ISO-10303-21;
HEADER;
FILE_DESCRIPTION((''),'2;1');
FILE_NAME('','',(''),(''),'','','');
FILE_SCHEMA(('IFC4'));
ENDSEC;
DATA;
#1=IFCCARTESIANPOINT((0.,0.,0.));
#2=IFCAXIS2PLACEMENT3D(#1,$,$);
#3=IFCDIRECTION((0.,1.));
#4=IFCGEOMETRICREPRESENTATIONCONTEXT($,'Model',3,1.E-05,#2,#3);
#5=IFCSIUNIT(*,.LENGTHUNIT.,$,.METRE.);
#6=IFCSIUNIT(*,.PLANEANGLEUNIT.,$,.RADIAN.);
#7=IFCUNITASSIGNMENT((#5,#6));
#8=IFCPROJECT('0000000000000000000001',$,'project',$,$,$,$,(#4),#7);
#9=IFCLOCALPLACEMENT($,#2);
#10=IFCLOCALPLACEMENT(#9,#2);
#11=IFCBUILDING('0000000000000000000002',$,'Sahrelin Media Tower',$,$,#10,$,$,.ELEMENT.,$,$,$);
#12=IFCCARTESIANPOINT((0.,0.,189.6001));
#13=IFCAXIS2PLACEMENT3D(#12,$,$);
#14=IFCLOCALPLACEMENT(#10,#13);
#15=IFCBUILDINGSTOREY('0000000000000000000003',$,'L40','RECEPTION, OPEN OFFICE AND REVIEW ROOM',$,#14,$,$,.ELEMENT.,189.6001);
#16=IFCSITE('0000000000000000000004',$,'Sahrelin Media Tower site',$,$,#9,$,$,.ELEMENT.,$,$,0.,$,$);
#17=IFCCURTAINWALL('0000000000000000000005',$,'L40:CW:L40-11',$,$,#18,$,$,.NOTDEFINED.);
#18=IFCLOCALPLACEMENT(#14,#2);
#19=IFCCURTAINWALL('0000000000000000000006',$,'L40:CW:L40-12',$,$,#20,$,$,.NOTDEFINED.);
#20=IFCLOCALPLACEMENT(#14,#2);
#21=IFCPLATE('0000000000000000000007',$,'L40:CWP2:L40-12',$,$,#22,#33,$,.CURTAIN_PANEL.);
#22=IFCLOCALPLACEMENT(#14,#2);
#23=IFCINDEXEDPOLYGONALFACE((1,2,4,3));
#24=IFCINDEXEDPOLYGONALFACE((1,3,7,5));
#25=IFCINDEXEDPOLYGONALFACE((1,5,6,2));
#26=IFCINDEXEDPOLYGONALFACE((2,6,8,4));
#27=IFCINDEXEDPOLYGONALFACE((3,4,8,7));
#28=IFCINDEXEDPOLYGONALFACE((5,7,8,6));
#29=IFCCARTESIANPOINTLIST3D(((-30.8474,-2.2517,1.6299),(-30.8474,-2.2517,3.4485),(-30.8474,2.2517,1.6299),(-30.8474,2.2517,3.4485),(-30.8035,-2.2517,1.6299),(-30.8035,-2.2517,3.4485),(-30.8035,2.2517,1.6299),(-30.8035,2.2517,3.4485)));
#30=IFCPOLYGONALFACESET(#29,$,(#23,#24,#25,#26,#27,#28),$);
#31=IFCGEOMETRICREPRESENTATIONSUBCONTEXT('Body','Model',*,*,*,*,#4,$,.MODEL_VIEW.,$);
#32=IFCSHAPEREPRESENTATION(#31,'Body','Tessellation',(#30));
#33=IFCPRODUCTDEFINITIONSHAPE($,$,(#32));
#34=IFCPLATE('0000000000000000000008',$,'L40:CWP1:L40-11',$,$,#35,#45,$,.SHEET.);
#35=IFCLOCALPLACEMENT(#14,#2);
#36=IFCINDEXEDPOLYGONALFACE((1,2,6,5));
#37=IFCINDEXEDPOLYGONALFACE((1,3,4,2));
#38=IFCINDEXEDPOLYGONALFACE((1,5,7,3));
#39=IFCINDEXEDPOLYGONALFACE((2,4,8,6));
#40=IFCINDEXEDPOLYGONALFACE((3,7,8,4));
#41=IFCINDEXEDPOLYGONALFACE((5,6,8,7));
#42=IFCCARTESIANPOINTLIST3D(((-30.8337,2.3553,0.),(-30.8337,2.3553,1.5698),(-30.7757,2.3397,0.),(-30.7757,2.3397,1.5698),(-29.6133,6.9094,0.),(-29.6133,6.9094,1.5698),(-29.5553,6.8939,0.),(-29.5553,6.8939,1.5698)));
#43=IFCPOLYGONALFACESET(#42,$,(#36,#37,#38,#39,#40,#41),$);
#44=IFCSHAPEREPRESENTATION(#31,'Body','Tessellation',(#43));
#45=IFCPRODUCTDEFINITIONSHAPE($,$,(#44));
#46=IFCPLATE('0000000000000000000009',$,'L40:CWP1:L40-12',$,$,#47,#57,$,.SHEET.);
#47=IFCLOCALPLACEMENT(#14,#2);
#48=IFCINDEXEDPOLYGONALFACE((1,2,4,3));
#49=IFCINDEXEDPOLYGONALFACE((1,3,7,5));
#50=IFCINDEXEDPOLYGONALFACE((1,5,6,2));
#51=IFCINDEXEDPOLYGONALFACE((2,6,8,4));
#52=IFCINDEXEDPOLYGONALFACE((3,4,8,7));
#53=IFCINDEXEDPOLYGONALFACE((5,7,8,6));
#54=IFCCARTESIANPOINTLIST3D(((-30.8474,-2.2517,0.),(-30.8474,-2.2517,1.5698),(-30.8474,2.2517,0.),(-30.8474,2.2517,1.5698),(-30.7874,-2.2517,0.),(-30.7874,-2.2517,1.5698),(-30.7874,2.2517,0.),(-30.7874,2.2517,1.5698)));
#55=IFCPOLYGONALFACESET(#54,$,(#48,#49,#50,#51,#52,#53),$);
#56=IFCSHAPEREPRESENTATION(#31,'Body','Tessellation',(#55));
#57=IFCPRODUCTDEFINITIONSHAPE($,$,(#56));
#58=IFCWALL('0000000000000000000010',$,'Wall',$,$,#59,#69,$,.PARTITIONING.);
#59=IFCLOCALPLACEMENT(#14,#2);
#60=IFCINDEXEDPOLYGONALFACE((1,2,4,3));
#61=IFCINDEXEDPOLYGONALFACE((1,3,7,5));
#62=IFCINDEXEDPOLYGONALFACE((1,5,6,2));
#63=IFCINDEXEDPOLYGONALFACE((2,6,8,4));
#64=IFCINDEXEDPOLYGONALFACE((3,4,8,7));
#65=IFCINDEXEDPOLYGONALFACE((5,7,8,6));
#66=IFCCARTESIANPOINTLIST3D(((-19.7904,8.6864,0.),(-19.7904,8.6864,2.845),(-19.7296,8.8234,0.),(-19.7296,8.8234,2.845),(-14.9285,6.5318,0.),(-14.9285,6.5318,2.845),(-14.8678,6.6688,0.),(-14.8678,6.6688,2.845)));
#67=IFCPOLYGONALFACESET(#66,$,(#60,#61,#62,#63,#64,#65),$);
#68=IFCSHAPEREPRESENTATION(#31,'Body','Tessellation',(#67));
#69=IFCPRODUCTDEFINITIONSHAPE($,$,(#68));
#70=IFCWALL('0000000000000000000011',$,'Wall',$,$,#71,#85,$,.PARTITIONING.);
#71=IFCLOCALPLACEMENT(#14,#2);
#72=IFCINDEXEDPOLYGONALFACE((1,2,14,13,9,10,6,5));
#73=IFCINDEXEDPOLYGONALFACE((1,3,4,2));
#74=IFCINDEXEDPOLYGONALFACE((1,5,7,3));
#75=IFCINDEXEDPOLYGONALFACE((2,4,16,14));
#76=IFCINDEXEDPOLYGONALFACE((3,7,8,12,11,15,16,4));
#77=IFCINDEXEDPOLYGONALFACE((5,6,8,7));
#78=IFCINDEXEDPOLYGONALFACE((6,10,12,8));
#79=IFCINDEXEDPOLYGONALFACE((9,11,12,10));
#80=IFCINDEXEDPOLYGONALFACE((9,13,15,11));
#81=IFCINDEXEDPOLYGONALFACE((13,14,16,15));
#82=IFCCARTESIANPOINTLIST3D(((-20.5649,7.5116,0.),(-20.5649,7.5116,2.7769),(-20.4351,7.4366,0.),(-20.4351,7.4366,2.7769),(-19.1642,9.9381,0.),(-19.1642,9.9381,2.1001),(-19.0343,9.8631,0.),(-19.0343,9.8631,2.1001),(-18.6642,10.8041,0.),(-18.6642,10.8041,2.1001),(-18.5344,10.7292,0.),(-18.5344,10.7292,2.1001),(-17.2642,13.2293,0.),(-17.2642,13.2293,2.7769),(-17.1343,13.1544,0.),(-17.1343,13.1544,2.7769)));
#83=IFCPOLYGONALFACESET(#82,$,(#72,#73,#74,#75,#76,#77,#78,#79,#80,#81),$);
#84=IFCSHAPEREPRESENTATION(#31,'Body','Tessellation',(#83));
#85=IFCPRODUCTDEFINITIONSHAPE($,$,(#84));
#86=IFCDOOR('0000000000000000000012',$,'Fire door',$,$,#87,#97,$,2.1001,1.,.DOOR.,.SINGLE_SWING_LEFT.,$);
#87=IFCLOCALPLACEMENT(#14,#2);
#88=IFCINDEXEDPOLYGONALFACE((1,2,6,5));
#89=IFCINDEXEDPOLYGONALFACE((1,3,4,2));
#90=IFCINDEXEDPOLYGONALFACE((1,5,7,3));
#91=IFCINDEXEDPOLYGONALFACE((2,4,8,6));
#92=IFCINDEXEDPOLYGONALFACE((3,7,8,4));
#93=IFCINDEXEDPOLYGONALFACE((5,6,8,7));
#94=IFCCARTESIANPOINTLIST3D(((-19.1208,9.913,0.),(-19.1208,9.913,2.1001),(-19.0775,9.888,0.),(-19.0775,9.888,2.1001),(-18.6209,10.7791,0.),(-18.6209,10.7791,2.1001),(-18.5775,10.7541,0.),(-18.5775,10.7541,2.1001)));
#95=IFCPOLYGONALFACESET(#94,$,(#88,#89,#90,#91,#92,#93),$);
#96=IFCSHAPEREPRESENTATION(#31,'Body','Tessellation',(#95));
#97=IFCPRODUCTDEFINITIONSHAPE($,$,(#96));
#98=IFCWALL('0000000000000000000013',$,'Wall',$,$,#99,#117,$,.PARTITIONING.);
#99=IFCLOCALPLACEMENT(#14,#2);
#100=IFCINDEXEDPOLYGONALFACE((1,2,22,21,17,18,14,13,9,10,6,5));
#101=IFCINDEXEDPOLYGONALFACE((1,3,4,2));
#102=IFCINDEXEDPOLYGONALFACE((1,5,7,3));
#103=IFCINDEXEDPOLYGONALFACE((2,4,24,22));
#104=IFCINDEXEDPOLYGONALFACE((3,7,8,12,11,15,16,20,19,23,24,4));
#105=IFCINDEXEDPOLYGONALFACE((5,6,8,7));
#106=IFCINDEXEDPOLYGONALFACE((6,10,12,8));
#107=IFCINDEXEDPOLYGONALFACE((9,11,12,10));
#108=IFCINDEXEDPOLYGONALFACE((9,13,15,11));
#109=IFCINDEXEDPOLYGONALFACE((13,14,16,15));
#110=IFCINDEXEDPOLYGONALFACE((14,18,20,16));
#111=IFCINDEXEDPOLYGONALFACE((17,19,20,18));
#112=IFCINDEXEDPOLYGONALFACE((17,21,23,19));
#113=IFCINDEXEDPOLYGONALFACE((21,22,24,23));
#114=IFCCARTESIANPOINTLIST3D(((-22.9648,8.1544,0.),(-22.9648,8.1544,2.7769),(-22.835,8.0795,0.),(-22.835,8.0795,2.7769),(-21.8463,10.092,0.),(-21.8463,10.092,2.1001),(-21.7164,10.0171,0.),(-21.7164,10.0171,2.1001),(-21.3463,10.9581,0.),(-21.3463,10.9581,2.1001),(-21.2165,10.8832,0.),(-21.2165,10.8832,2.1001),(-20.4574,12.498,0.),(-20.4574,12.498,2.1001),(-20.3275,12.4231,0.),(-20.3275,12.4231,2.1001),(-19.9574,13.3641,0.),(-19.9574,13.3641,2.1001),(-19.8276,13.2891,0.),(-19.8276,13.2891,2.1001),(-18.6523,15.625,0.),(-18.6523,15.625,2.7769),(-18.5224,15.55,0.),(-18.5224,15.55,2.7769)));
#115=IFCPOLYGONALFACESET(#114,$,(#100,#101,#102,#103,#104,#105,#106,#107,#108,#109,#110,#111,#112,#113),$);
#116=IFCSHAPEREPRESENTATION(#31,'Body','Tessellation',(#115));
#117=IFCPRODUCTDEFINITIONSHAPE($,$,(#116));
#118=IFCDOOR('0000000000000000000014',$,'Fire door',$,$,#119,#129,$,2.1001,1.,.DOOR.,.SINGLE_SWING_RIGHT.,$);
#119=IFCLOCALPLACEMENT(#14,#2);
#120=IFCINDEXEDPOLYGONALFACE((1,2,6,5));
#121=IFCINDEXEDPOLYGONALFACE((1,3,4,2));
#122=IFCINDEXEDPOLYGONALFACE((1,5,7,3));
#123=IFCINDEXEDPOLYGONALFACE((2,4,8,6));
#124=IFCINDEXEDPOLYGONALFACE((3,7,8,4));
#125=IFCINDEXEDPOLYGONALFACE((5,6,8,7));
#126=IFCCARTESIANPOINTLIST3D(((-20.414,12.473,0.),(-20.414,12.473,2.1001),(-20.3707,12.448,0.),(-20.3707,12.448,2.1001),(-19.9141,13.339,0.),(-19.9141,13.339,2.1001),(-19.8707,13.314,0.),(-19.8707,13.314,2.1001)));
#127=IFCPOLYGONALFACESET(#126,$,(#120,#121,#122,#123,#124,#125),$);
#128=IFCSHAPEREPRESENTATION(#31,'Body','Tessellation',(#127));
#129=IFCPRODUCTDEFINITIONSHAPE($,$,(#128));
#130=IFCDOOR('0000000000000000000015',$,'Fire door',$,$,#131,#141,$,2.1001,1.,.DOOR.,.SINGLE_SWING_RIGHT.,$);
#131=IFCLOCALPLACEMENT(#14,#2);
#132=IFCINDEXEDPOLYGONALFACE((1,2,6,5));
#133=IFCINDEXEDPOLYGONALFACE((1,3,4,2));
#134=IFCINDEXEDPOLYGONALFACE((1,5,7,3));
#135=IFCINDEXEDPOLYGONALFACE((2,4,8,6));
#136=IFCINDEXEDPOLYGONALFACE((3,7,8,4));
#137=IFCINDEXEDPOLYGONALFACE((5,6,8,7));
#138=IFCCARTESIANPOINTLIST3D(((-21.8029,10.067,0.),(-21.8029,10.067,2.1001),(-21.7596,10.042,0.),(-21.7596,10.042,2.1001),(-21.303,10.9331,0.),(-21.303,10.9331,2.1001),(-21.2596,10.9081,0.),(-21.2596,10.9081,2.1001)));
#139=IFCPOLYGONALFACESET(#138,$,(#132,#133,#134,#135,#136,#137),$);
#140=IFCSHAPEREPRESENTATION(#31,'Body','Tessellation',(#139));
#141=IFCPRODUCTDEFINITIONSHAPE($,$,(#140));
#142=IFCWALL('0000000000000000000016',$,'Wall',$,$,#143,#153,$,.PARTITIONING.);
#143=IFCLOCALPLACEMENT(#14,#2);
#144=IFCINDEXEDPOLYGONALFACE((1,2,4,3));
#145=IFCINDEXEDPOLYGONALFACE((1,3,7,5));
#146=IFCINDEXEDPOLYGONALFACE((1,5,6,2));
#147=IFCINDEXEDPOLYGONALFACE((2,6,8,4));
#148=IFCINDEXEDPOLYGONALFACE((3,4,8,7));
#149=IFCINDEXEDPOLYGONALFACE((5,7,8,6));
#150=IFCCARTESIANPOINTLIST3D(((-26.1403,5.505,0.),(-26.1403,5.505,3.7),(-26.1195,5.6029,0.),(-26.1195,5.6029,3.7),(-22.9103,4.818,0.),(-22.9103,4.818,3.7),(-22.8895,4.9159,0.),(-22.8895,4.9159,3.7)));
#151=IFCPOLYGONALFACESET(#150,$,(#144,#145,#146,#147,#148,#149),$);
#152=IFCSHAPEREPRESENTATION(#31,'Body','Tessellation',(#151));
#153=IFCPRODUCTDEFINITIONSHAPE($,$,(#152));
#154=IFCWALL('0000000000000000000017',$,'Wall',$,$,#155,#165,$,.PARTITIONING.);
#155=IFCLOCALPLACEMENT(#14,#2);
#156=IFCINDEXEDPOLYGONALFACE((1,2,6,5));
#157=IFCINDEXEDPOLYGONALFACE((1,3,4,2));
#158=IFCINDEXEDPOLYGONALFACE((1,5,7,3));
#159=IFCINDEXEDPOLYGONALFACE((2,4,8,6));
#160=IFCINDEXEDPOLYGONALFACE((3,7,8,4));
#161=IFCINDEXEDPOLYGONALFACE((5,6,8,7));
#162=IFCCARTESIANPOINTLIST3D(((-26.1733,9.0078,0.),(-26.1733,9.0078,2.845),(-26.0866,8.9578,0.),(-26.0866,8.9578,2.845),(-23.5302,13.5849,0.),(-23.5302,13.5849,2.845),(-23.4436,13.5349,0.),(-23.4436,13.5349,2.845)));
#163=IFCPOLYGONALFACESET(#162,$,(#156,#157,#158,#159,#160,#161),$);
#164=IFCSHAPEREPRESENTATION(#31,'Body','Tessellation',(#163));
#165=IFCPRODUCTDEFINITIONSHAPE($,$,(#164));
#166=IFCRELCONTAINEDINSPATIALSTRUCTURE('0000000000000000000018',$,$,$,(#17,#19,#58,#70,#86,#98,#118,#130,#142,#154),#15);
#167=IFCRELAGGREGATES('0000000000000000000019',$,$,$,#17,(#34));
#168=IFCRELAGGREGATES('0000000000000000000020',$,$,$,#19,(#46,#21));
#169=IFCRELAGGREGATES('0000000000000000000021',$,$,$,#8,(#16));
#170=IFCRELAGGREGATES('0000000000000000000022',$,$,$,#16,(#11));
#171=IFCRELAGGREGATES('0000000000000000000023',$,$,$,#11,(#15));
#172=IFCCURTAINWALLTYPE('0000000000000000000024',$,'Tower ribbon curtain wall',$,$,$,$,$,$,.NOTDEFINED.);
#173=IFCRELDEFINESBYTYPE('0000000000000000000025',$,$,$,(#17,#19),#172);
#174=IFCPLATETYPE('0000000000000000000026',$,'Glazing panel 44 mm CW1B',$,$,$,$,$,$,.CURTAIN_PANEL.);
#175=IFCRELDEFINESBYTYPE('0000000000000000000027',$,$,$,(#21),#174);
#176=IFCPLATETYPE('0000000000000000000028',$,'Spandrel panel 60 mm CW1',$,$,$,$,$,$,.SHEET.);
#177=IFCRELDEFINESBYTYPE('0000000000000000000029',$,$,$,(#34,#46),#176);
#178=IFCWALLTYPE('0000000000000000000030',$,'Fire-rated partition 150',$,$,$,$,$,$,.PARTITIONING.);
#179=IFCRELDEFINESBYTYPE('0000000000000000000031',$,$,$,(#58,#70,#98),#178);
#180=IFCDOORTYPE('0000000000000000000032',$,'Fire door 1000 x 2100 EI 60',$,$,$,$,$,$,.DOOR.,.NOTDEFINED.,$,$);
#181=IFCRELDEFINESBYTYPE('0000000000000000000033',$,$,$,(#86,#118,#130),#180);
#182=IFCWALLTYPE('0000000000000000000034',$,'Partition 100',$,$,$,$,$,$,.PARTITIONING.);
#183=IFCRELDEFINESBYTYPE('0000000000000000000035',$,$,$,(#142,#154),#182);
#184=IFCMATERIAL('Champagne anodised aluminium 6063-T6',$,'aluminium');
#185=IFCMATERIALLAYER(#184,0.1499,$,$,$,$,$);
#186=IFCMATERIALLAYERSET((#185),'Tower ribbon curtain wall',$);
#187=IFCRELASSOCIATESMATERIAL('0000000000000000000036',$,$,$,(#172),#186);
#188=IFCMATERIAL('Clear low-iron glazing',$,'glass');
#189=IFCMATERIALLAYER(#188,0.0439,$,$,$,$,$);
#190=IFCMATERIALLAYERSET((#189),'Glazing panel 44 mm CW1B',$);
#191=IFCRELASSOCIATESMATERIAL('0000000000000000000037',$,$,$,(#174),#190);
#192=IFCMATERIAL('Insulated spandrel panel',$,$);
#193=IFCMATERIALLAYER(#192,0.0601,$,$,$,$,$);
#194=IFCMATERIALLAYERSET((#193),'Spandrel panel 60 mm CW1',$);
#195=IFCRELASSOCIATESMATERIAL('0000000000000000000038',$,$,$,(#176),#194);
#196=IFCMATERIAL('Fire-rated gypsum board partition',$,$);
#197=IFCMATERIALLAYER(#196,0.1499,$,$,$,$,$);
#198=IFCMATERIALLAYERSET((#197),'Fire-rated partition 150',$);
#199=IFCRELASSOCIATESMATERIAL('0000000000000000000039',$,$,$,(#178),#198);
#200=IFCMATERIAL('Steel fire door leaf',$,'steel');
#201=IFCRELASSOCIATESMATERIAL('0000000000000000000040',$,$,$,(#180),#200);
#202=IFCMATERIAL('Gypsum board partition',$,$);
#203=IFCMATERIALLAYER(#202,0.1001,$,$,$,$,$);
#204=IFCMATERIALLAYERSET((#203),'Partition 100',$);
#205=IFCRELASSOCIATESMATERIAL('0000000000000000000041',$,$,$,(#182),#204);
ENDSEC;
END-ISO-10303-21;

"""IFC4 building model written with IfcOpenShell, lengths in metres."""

from ifc_helpers import new_model, si_unit, direction, frame, frame_2d, origin, place, context, subcontext, project, spatial, polyline, rectangle, outline, extrude, material, layer, layer_set, type_object, element, fill, aggregate, save


model = new_model("IFC4")

# Units and contexts
model_context = context("Model", 3, precision=1e-05, world=origin(), true_north=direction((0.0, 1.0)))
body_context = subcontext(model_context, "Body", "Model", "MODEL_VIEW")
ifc_project = project(units=[si_unit("LENGTHUNIT", "METRE"), si_unit("PLANEANGLEUNIT", "RADIAN")], contexts=[model_context])

# Site, building, storey
site_placement = place(None, origin())
site = spatial("IfcSite", under=ifc_project, at=site_placement, Name="Sahrelin Media Tower site", CompositionType="ELEMENT", RefElevation=0.0)
building_placement = place(site_placement, origin())
building = spatial("IfcBuilding", under=site, at=building_placement, Name="Sahrelin Media Tower", CompositionType="ELEMENT")
storey_placement = place(building_placement, frame((0.0, 0.0, 189.6001)))
storey = spatial("IfcBuildingStorey", under=building, at=storey_placement, Name="L40", Description="RECEPTION, OPEN OFFICE AND REVIEW ROOM", CompositionType="ELEMENT", Elevation=189.6001)

# Curtain wall
ifc_material_1 = material(Name="Champagne anodised aluminium 6063-T6", Category="aluminium")
ifc_layer_1 = layer(ifc_material_1, 0.1499)
ifc_layer_set_1 = layer_set([ifc_layer_1], Name="Tower ribbon curtain wall")
curtain_wall_type = type_object("IfcCurtainWallType", Name="Tower ribbon curtain wall", PredefinedType="NOTDEFINED", material=ifc_layer_set_1)
curtain_wall_1_placement = place(storey_placement, frame((-30.2041, 4.6272, 0.0), z_axis=(0.0, 0.0, 1.0), x_axis=(1.0, 0.0, 0.0)))
curtain_wall_1 = element("IfcCurtainWall", 1, at=curtain_wall_1_placement, inside=storey, type_object=curtain_wall_type, Name="L40:CW:L40-11", PredefinedType="NOTDEFINED")

# Curtain wall
curtain_wall_2_placement = place(storey_placement, frame((-30.8274, 0.0, 0.0), z_axis=(0.0, 0.0, 1.0), x_axis=(1.0, 0.0, 0.0)))
curtain_wall_2 = element("IfcCurtainWall", 2, at=curtain_wall_2_placement, inside=storey, type_object=curtain_wall_type, Name="L40:CW:L40-12", PredefinedType="NOTDEFINED")

# Plates
ifc_material_2 = material(Name="Clear low-iron glazing", Category="glass")
ifc_layer_2 = layer(ifc_material_2, 0.0439)
ifc_layer_set_2 = layer_set([ifc_layer_2], Name="Glazing panel 44 mm CW1B")
plate_type_1 = type_object("IfcPlateType", Name="Glazing panel 44 mm CW1B", PredefinedType="CURTAIN_PANEL", material=ifc_layer_set_2)
plate_1_placement = place(storey_placement, frame((-30.8474, 2.2517, 1.6299), z_axis=(-1.0, 0.0, 0.0), x_axis=(0.0, -1.0, 0.0)))
plate_1 = element("IfcPlate", 3, at=plate_1_placement, type_object=plate_type_1, Name="L40:CWP2:L40-12", PredefinedType="CURTAIN_PANEL", context=body_context, shape_type="SweptSolid", body=[
    extrude(outline(polyline([(0.0, 0.0), (4.5034, 0.0), (4.5034, 1.8186), (0.0, 1.8186), (0.0, 0.0)])), origin(), (0.0, 0.0, -1.0), 0.0439),
])
ifc_material_3 = material(Name="Insulated spandrel panel")
ifc_layer_3 = layer(ifc_material_3, 0.0601)
ifc_layer_set_3 = layer_set([ifc_layer_3], Name="Spandrel panel 60 mm CW1")
plate_type_2 = type_object("IfcPlateType", Name="Spandrel panel 60 mm CW1", PredefinedType="SHEET", material=ifc_layer_set_3)
plate_2_placement = place(storey_placement, frame((-29.6133, 6.9094, 0.0), z_axis=(-0.965917, 0.258852, 0.0), x_axis=(-0.258852, -0.965917, 0.0)))
plate_2 = element("IfcPlate", 4, at=plate_2_placement, type_object=plate_type_2, Name="L40:CWP1:L40-11", PredefinedType="SHEET", context=body_context, shape_type="SweptSolid", body=[
    extrude(outline(polyline([(0.0, 0.0), (4.7148, 0.0), (4.7148, 1.5698), (0.0, 1.5698), (0.0, 0.0)])), origin(), (0.0, 0.0, -1.0), 0.0601),
])
aggregate(curtain_wall_1, [plate_2])
plate_3_placement = place(storey_placement, frame((-30.8474, 2.2517, 0.0), z_axis=(-1.0, 0.0, 0.0), x_axis=(0.0, -1.0, 0.0)))
plate_3 = element("IfcPlate", 5, at=plate_3_placement, type_object=plate_type_2, Name="L40:CWP1:L40-12", PredefinedType="SHEET", context=body_context, shape_type="SweptSolid", body=[
    extrude(outline(polyline([(0.0, 0.0), (4.5034, 0.0), (4.5034, 1.5698), (0.0, 1.5698), (0.0, 0.0)])), origin(), (0.0, 0.0, -1.0), 0.0601),
])
aggregate(curtain_wall_2, [plate_3, plate_1])

# Wall
ifc_material_4 = material(Name="Fire-rated gypsum board partition")
ifc_layer_4 = layer(ifc_material_4, 0.1499)
ifc_layer_set_4 = layer_set([ifc_layer_4], Name="Fire-rated partition 150")
wall_type_1 = type_object("IfcWallType", Name="Fire-rated partition 150", PredefinedType="PARTITIONING", material=ifc_layer_set_4)
wall_1_placement = place(storey_placement, frame((-19.76, 8.7549, 0.0), z_axis=(0.0, 0.0, 1.0), x_axis=(0.914248, -0.405154, 0.0)))
element("IfcWall", 6, at=wall_1_placement, inside=storey, type_object=wall_type_1, Name="Wall", PredefinedType="PARTITIONING", context=body_context, shape_type="SweptSolid", body=[
    extrude(rectangle(XDim=5.3179, YDim=0.1499, at=frame_2d((2.6589, 0.0))), origin(), (0.0, 0.0, 1.0), 2.845),
])

# Wall, opening, door
wall_2_placement = place(storey_placement, frame((-20.5, 7.4741, 0.0), z_axis=(0.0, 0.0, 1.0), x_axis=(0.499957, 0.86605, 0.0)))
wall_2 = element("IfcWall", 7, at=wall_2_placement, inside=storey, type_object=wall_type_1, Name="Wall", PredefinedType="PARTITIONING", context=body_context, shape_type="SweptSolid", body=[
    extrude(rectangle(XDim=6.6021, YDim=0.1499, at=frame_2d((3.301, 0.0))), origin(), (0.0, 0.0, 1.0), 2.7769),
])
opening_1_placement = place(wall_2_placement, frame((2.8018, 0.0, 0.0)))
opening_1 = element("IfcOpeningElement", 8, at=opening_1_placement, cuts=wall_2, PredefinedType="OPENING", context=body_context, shape_type="SweptSolid", body=[
    extrude(rectangle(XDim=1.0, YDim=2.1001, at=frame_2d((0.5, 1.05))), frame((0.0, 0.075, 0.0), z_axis=(0.0, -1.0, 0.0), x_axis=(1.0, 0.0, 0.0)), (0.0, 0.0, 1.0), 0.1499),
])
ifc_material_5 = material(Name="Steel fire door leaf", Category="steel")
door_type = type_object("IfcDoorType", Name="Fire door 1000 x 2100 EI 60", OperationType="NOTDEFINED", PredefinedType="DOOR", material=ifc_material_5)
door_1_placement = place(opening_1_placement, origin())
door_1 = element("IfcDoor", 9, at=door_1_placement, inside=storey, type_object=door_type, Name="Fire door", OperationType="SINGLE_SWING_LEFT", OverallHeight=2.1001, OverallWidth=1.0, PredefinedType="DOOR", context=body_context, shape_type="SweptSolid", body=[
    extrude(rectangle(XDim=1.0, YDim=2.1001, at=frame_2d((0.5, 1.05))), frame((0.0, 0.0249, 0.0), z_axis=(0.0, -1.0, 0.0), x_axis=(1.0, 0.0, 0.0)), (0.0, 0.0, 1.0), 0.05),
])
fill(opening_1, door_1)

# Wall, openings, doors
wall_3_placement = place(storey_placement, frame((-22.8999, 8.1169, 0.0), z_axis=(0.0, 0.0, 1.0), x_axis=(0.49995, 0.866054, 0.0)))
wall_3 = element("IfcWall", 10, at=wall_3_placement, inside=storey, type_object=wall_type_1, Name="Wall", PredefinedType="PARTITIONING", context=body_context, shape_type="SweptSolid", body=[
    extrude(rectangle(XDim=8.626, YDim=0.1499, at=frame_2d((4.313, 0.0))), origin(), (0.0, 0.0, 1.0), 2.7769),
])
opening_2_placement = place(wall_3_placement, frame((5.0154, 0.0, 0.0)))
opening_2 = element("IfcOpeningElement", 11, at=opening_2_placement, cuts=wall_3, PredefinedType="OPENING", context=body_context, shape_type="SweptSolid", body=[
    extrude(rectangle(XDim=1.0, YDim=2.1001, at=frame_2d((0.5, 1.05))), frame((0.0, 0.075, 0.0), z_axis=(0.0, -1.0, 0.0), x_axis=(1.0, 0.0, 0.0)), (0.0, 0.0, 1.0), 0.1499),
])
opening_3_placement = place(wall_3_placement, frame((2.2373, 0.0, 0.0)))
opening_3 = element("IfcOpeningElement", 12, at=opening_3_placement, cuts=wall_3, PredefinedType="OPENING", context=body_context, shape_type="SweptSolid", body=[
    extrude(rectangle(XDim=1.0, YDim=2.1001, at=frame_2d((0.5, 1.05))), frame((0.0, 0.075, 0.0), z_axis=(0.0, -1.0, 0.0), x_axis=(1.0, 0.0, 0.0)), (0.0, 0.0, 1.0), 0.1499),
])
door_2_placement = place(opening_2_placement, origin())
door_2 = element("IfcDoor", 13, at=door_2_placement, inside=storey, type_object=door_type, Name="Fire door", OperationType="SINGLE_SWING_RIGHT", OverallHeight=2.1001, OverallWidth=1.0, PredefinedType="DOOR", context=body_context, shape_type="SweptSolid", body=[
    extrude(rectangle(XDim=1.0, YDim=2.1001, at=frame_2d((0.5, 1.05))), frame((0.0, 0.0249, 0.0), z_axis=(0.0, -1.0, 0.0), x_axis=(1.0, 0.0, 0.0)), (0.0, 0.0, 1.0), 0.05),
])
fill(opening_2, door_2)
door_3_placement = place(opening_3_placement, origin())
door_3 = element("IfcDoor", 14, at=door_3_placement, inside=storey, type_object=door_type, Name="Fire door", OperationType="SINGLE_SWING_RIGHT", OverallHeight=2.1001, OverallWidth=1.0, PredefinedType="DOOR", context=body_context, shape_type="SweptSolid", body=[
    extrude(rectangle(XDim=1.0, YDim=2.1001, at=frame_2d((0.5, 1.05))), frame((0.0, 0.0249, 0.0), z_axis=(0.0, -1.0, 0.0), x_axis=(1.0, 0.0, 0.0)), (0.0, 0.0, 1.0), 0.05),
])
fill(opening_3, door_3)

# Walls
ifc_material_6 = material(Name="Gypsum board partition")
ifc_layer_5 = layer(ifc_material_6, 0.1001)
ifc_layer_set_5 = layer_set([ifc_layer_5], Name="Partition 100")
wall_type_2 = type_object("IfcWallType", Name="Partition 100", PredefinedType="PARTITIONING", material=ifc_layer_set_5)
wall_4_placement = place(storey_placement, frame((-26.1299, 5.554, 0.0), z_axis=(0.0, 0.0, 1.0), x_axis=(0.978119, -0.208044, 0.0)))
element("IfcWall", 15, at=wall_4_placement, inside=storey, type_object=wall_type_2, Name="Wall", PredefinedType="PARTITIONING", context=body_context, shape_type="SweptSolid", body=[
    extrude(rectangle(XDim=3.3022, YDim=0.1001, at=frame_2d((1.6511, 0.0))), origin(), (0.0, 0.0, 1.0), 3.7),
])
wall_5_placement = place(storey_placement, frame((-26.1299, 8.9829, 0.0), z_axis=(0.0, 0.0, 1.0), x_axis=(0.500064, 0.865989, 0.0)))
element("IfcWall", 16, at=wall_5_placement, inside=storey, type_object=wall_type_2, Name="Wall", PredefinedType="PARTITIONING", context=body_context, shape_type="SweptSolid", body=[
    extrude(rectangle(XDim=5.2854, YDim=0.1001, at=frame_2d((2.6426, 0.0))), origin(), (0.0, 0.0, 1.0), 2.845),
])

save(model, "model.ifc")
